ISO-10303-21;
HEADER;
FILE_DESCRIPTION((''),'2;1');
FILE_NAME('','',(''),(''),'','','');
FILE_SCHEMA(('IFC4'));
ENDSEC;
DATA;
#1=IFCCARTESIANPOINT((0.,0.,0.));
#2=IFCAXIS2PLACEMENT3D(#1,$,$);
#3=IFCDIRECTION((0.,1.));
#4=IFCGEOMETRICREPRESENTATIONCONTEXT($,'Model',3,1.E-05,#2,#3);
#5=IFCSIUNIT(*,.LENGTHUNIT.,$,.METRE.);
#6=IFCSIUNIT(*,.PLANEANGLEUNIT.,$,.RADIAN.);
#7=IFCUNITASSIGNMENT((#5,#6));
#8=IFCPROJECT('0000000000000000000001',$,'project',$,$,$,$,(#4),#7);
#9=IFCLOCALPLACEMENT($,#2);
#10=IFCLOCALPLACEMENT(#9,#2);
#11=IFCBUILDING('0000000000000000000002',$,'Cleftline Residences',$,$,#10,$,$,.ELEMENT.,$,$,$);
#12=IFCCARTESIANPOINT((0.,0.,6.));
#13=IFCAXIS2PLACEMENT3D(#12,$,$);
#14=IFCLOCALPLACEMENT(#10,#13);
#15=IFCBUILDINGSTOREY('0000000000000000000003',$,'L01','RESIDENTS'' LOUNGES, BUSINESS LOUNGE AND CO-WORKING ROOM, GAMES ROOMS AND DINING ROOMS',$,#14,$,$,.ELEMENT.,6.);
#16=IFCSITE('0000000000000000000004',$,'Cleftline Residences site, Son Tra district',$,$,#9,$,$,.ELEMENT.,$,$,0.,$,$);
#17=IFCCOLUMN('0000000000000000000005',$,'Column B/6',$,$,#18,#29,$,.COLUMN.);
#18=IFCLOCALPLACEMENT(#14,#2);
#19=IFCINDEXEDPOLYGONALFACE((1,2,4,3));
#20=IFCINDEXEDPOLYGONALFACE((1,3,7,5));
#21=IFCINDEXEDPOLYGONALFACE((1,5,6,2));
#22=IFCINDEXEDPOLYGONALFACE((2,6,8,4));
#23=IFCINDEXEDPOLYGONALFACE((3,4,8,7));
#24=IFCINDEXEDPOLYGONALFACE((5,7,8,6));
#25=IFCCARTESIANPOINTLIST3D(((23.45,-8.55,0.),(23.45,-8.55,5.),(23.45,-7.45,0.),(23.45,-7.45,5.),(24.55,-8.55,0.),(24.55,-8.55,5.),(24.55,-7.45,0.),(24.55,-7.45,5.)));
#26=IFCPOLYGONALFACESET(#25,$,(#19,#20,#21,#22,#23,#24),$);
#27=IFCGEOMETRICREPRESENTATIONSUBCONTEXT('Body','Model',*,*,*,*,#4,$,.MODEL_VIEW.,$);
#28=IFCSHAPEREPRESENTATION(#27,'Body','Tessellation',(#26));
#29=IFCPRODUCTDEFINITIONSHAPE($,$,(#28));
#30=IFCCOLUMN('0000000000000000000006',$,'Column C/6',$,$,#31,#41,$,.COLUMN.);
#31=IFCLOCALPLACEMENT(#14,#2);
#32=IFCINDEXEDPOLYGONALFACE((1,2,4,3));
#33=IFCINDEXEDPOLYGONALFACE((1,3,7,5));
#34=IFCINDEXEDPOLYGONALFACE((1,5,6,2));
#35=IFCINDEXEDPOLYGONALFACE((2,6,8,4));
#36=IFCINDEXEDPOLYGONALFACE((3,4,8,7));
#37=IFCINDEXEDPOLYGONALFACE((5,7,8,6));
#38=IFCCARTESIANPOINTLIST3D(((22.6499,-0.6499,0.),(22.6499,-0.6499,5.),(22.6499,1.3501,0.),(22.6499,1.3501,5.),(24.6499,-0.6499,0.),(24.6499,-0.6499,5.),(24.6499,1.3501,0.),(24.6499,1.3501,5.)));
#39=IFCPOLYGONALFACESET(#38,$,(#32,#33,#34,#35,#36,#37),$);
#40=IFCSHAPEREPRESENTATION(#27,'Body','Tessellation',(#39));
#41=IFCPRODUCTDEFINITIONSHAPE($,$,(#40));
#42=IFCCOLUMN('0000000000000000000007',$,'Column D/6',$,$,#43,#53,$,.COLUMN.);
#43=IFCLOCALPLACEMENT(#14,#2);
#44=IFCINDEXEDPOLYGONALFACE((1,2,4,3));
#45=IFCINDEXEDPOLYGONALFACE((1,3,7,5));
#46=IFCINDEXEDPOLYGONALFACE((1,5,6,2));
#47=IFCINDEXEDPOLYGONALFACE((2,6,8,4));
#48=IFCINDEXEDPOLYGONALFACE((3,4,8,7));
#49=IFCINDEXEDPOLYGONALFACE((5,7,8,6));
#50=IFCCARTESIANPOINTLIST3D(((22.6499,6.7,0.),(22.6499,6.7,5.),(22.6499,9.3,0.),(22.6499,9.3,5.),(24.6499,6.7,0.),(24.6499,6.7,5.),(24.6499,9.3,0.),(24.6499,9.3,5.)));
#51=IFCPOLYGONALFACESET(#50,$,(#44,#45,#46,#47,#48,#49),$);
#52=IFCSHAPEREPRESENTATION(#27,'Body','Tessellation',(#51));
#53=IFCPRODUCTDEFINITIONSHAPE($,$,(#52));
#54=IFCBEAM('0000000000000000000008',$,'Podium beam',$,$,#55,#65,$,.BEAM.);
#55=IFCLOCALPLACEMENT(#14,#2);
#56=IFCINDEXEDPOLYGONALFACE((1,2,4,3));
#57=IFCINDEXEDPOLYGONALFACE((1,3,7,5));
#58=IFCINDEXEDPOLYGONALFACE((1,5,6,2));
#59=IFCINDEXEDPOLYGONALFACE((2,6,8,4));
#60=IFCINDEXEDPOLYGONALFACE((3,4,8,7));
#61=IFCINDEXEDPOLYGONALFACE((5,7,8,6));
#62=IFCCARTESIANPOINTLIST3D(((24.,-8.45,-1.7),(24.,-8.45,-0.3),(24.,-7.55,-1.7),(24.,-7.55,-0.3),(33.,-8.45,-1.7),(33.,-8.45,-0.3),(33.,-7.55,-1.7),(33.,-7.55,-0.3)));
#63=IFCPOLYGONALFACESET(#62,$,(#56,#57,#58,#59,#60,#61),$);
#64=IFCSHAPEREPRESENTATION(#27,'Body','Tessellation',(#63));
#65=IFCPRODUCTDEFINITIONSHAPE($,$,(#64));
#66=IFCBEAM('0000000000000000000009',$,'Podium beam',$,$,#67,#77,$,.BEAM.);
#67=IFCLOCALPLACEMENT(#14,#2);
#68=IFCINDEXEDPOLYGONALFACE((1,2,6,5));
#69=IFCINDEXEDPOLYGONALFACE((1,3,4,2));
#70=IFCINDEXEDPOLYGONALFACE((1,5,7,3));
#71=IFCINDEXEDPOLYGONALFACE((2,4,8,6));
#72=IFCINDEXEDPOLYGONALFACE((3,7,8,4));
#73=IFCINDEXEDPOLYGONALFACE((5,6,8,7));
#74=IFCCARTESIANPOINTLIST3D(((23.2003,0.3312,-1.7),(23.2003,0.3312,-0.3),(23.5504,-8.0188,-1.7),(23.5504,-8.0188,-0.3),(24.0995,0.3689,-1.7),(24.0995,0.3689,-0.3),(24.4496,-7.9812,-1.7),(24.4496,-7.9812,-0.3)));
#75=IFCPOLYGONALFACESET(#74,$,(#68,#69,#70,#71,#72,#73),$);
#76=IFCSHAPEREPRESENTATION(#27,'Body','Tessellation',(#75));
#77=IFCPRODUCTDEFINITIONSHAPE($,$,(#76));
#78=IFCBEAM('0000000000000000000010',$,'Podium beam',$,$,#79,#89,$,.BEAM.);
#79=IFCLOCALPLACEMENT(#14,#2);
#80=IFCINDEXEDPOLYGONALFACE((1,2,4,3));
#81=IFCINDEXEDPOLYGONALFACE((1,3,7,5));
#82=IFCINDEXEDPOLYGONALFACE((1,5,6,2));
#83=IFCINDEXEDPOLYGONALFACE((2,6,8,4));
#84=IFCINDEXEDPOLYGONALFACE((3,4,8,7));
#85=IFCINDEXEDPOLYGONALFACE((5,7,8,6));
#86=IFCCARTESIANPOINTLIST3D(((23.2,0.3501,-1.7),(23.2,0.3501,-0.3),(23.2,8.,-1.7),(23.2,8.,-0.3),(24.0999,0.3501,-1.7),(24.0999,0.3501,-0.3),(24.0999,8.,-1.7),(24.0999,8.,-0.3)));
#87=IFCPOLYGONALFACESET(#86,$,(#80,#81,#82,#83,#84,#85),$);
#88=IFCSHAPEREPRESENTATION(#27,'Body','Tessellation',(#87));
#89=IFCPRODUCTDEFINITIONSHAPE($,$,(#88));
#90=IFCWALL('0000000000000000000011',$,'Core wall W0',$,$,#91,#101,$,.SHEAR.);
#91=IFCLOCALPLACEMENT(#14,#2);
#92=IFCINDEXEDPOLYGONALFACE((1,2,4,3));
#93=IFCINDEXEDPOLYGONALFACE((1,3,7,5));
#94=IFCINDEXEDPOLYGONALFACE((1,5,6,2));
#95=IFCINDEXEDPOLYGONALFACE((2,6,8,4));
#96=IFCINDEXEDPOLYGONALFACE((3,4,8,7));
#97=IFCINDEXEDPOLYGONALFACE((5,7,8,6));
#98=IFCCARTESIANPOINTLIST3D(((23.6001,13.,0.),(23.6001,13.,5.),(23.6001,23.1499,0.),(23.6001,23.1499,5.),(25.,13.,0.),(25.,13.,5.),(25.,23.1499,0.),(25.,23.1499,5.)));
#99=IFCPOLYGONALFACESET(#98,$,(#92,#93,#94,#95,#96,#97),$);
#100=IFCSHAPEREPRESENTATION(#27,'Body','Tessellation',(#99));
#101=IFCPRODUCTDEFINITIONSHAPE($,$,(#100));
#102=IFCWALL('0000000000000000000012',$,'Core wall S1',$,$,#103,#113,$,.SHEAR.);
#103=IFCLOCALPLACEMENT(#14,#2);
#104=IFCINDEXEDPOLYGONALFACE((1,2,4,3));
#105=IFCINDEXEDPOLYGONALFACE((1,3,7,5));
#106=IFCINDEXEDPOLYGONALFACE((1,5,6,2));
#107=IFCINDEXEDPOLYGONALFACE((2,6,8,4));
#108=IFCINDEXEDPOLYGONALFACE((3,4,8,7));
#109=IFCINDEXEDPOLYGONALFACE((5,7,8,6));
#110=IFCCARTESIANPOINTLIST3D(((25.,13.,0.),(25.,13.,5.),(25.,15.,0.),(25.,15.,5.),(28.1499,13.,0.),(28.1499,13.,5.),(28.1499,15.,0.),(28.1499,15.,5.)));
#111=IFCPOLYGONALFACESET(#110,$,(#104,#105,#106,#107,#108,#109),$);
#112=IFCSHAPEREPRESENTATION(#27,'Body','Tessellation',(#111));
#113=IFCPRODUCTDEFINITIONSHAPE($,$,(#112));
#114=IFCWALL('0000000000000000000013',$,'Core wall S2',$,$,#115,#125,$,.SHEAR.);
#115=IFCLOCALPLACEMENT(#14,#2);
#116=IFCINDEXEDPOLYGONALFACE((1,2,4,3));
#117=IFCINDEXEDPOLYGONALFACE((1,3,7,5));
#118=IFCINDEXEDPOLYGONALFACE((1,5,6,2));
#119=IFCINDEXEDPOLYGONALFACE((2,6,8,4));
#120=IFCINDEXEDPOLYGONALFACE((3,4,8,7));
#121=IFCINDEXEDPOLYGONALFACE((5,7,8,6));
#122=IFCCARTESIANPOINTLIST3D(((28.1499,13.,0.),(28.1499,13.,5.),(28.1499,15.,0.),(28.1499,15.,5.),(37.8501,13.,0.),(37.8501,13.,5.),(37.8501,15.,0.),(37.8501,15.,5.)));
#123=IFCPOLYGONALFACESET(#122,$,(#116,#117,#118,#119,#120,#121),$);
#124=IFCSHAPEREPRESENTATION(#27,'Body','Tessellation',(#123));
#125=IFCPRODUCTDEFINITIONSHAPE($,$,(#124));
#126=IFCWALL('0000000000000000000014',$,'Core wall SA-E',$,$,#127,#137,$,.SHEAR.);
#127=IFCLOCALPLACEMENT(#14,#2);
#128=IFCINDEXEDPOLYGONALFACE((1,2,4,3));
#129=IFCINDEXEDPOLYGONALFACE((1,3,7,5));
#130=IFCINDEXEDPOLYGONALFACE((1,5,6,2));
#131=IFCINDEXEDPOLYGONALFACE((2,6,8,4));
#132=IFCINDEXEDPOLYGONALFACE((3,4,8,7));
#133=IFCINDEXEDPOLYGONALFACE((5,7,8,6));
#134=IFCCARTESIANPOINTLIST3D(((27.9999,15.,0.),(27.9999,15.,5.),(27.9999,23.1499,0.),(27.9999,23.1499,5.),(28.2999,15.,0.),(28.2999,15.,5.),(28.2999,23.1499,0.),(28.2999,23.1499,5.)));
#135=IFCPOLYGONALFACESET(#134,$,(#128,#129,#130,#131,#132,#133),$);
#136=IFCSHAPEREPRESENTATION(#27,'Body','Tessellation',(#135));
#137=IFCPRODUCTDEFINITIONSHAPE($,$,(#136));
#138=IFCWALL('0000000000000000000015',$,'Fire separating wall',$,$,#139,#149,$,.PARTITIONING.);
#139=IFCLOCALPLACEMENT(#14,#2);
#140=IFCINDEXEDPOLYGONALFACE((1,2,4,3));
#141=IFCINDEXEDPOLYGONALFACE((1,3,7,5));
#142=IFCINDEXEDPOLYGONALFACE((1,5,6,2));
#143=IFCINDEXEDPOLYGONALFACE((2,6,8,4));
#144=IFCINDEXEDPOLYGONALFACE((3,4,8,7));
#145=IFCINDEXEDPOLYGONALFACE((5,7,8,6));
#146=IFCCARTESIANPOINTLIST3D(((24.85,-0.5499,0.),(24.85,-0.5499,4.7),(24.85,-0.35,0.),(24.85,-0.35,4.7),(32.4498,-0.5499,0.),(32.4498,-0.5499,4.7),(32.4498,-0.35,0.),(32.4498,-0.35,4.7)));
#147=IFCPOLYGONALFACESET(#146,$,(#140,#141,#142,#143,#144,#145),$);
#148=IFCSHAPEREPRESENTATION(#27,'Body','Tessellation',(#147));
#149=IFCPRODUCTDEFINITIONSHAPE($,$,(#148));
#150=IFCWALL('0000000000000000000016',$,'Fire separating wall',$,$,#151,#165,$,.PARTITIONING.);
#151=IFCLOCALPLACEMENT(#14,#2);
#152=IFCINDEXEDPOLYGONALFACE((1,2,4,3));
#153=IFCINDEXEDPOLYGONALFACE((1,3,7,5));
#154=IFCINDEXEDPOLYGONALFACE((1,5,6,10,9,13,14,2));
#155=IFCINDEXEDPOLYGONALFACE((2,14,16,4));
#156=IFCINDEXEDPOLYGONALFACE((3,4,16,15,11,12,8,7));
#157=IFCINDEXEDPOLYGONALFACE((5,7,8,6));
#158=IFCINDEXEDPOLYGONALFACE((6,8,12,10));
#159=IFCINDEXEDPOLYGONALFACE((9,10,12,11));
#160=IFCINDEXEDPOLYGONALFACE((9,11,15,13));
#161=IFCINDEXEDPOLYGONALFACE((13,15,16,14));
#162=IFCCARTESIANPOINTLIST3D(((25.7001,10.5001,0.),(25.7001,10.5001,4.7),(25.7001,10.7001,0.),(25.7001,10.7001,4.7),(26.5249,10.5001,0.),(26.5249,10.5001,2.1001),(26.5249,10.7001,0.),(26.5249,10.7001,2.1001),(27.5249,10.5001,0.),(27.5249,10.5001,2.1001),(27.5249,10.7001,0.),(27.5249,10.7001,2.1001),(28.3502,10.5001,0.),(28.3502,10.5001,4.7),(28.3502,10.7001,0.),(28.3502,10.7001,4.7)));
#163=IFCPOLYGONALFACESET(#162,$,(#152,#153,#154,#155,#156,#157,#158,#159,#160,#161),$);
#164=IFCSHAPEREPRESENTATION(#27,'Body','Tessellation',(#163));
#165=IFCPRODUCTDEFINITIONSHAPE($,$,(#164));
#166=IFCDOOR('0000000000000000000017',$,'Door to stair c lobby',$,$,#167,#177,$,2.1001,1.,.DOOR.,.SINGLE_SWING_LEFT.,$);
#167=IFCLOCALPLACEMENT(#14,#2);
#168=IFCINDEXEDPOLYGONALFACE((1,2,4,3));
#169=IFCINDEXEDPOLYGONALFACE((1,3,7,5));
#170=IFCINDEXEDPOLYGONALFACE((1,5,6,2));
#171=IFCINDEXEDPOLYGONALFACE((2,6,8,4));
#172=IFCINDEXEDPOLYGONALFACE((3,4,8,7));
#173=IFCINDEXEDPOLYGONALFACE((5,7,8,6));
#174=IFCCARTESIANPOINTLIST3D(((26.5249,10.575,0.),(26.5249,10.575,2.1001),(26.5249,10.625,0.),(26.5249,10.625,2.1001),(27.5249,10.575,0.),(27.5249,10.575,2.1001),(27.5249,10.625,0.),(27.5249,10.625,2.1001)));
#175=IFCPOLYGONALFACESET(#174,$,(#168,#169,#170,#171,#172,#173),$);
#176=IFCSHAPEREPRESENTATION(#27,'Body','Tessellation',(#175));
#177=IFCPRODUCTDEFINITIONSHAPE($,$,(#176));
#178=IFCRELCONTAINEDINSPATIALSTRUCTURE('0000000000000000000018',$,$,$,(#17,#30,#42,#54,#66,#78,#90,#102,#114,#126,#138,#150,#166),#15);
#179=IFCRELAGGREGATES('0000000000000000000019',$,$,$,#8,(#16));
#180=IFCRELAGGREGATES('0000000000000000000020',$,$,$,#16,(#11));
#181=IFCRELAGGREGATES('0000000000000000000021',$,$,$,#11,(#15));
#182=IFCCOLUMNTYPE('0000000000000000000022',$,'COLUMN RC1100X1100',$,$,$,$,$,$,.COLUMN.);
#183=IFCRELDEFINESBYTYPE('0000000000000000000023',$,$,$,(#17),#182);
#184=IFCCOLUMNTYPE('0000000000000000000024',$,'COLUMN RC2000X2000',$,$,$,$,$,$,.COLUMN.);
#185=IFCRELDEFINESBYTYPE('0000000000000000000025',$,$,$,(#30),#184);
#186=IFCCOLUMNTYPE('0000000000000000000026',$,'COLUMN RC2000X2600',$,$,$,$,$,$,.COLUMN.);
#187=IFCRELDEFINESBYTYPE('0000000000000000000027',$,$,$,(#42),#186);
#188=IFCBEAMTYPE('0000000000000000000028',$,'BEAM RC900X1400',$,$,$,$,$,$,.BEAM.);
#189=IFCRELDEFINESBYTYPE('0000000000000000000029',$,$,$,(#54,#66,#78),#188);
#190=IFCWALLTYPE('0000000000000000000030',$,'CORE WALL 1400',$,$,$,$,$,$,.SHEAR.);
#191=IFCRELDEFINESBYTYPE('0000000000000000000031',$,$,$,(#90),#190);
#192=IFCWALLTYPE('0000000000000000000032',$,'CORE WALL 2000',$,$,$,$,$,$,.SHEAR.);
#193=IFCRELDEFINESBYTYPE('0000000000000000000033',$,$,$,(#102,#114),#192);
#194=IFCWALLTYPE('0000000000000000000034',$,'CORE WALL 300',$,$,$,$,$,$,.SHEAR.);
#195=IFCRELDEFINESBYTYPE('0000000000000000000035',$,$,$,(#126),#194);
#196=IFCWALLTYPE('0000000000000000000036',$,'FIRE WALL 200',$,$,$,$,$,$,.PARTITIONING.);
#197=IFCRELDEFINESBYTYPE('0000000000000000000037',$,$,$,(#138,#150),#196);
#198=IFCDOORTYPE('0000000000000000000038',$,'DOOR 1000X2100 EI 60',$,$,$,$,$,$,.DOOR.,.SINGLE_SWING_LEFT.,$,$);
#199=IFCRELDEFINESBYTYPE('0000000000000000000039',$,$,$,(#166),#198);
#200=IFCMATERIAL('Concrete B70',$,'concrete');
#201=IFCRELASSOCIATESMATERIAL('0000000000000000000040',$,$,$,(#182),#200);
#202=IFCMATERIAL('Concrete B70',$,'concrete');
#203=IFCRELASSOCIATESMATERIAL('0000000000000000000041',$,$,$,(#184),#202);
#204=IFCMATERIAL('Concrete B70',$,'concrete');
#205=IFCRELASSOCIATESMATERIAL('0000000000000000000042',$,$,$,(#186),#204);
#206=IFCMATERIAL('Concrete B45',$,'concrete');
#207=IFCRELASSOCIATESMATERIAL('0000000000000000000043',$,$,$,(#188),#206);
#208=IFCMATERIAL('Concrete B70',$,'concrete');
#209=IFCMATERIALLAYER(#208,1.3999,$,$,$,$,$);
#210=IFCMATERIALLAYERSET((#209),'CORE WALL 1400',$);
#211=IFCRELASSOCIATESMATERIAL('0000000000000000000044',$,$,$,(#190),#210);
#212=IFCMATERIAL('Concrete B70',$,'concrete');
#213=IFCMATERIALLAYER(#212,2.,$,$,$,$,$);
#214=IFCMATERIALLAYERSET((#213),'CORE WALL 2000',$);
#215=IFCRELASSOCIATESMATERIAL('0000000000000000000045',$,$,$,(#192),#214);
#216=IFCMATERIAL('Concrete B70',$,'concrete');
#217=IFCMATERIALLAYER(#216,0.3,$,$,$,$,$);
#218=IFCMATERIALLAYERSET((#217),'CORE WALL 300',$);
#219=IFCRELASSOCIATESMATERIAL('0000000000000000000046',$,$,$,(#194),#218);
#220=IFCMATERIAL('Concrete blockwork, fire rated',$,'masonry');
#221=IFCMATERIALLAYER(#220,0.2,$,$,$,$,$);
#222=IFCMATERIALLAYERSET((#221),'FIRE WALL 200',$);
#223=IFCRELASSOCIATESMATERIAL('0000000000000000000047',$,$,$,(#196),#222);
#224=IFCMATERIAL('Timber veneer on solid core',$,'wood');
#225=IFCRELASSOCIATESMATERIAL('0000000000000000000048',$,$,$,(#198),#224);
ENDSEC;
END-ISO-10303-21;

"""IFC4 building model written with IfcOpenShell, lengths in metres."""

from ifc_helpers import new_model, si_unit, direction, frame, frame_2d, origin, origin_2d, place, context, subcontext, project, spatial, rectangle, extrude, material, layer, layer_set, material_profile, profile_set, type_object, element, fill, save


model = new_model("IFC4")

# Units and contexts
model_context = context("Model", 3, precision=1e-05, world=origin(), true_north=direction((0.0, 1.0)))
body_context = subcontext(model_context, "Body", "Model", "MODEL_VIEW")
ifc_project = project(units=[si_unit("LENGTHUNIT", "METRE"), si_unit("PLANEANGLEUNIT", "RADIAN")], contexts=[model_context])

# Site, building, storey
site_placement = place(None, origin())
site = spatial("IfcSite", under=ifc_project, at=site_placement, Name="Cleftline Residences site, Son Tra district", CompositionType="ELEMENT", RefElevation=0.0)
building_placement = place(site_placement, origin())
building = spatial("IfcBuilding", under=site, at=building_placement, Name="Cleftline Residences", CompositionType="ELEMENT")
storey_placement = place(building_placement, frame((0.0, 0.0, 6.0)))
storey = spatial("IfcBuildingStorey", under=building, at=storey_placement, Name="L01", Description="RESIDENTS' LOUNGES, BUSINESS LOUNGE AND CO-WORKING ROOM, GAMES ROOMS AND DINING ROOMS", CompositionType="ELEMENT", Elevation=6.0)

# Columns
ifc_material_1 = material(Name="Concrete B70", Category="concrete")
ifc_material_profile_1 = material_profile(ifc_material_1, rectangle(XDim=1.1001, YDim=1.1001, at=origin_2d()))
ifc_profile_set_1 = profile_set([ifc_material_profile_1], Name="Concrete B70")
column_type_1 = type_object("IfcColumnType", Name="COLUMN RC1100X1100", PredefinedType="COLUMN", material=ifc_profile_set_1)
column_1_placement = place(storey_placement, frame((24.0, -8.0, 0.0), z_axis=(0.0, 0.0, 1.0), x_axis=(1.0, 0.0, 0.0)))
element("IfcColumn", 1, at=column_1_placement, inside=storey, type_object=column_type_1, Name="Column B/6", PredefinedType="COLUMN", context=body_context, shape_type="SweptSolid", body=[
    extrude(rectangle(XDim=1.1001, YDim=1.1001, at=origin_2d()), origin(), (0.0, 0.0, 1.0), 5.0),
])
ifc_material_2 = material(Name="Concrete B70", Category="concrete")
ifc_material_profile_2 = material_profile(ifc_material_2, rectangle(XDim=2.0, YDim=2.0, at=origin_2d()))
ifc_profile_set_2 = profile_set([ifc_material_profile_2], Name="Concrete B70")
column_type_2 = type_object("IfcColumnType", Name="COLUMN RC2000X2000", PredefinedType="COLUMN", material=ifc_profile_set_2)
column_2_placement = place(storey_placement, frame((23.6499, 0.3501, 0.0), z_axis=(0.0, 0.0, 1.0), x_axis=(1.0, 0.0, 0.0)))
element("IfcColumn", 2, at=column_2_placement, inside=storey, type_object=column_type_2, Name="Column C/6", PredefinedType="COLUMN", context=body_context, shape_type="SweptSolid", body=[
    extrude(rectangle(XDim=2.0, YDim=2.0, at=origin_2d()), origin(), (0.0, 0.0, 1.0), 5.0),
])
ifc_material_3 = material(Name="Concrete B70", Category="concrete")
ifc_material_profile_3 = material_profile(ifc_material_3, rectangle(XDim=2.0, YDim=2.6001, at=origin_2d()))
ifc_profile_set_3 = profile_set([ifc_material_profile_3], Name="Concrete B70")
column_type_3 = type_object("IfcColumnType", Name="COLUMN RC2000X2600", PredefinedType="COLUMN", material=ifc_profile_set_3)
column_3_placement = place(storey_placement, frame((23.6499, 8.0, 0.0), z_axis=(0.0, 0.0, 1.0), x_axis=(1.0, 0.0, 0.0)))
element("IfcColumn", 3, at=column_3_placement, inside=storey, type_object=column_type_3, Name="Column D/6", PredefinedType="COLUMN", context=body_context, shape_type="SweptSolid", body=[
    extrude(rectangle(XDim=2.0, YDim=2.6001, at=origin_2d()), origin(), (0.0, 0.0, 1.0), 5.0),
])

# Beams
ifc_material_4 = material(Name="Concrete B45", Category="concrete")
ifc_material_profile_4 = material_profile(ifc_material_4, rectangle(XDim=0.8999, YDim=1.3999, at=origin_2d()))
ifc_profile_set_4 = profile_set([ifc_material_profile_4], Name="Concrete B45")
beam_type = type_object("IfcBeamType", Name="BEAM RC900X1400", PredefinedType="BEAM", material=ifc_profile_set_4)
beam_1_placement = place(storey_placement, frame((24.0, -8.0, -1.0), z_axis=(1.0, 0.0, 0.0), x_axis=(0.0, 1.0, 0.0)))
element("IfcBeam", 4, at=beam_1_placement, inside=storey, type_object=beam_type, Name="Podium beam", PredefinedType="BEAM", context=body_context, shape_type="SweptSolid", body=[
    extrude(rectangle(XDim=0.8999, YDim=1.3999, at=origin_2d()), origin(), (0.0, 0.0, 1.0), 9.0),
])
beam_2_placement = place(storey_placement, frame((24.0, -8.0, -1.0), z_axis=(-0.041891, 0.999122, 0.0), x_axis=(-0.999122, -0.041891, 0.0)))
element("IfcBeam", 5, at=beam_2_placement, inside=storey, type_object=beam_type, Name="Podium beam", PredefinedType="BEAM", context=body_context, shape_type="SweptSolid", body=[
    extrude(rectangle(XDim=0.8999, YDim=1.3999, at=origin_2d()), origin(), (0.0, 0.0, 1.0), 8.3574),
])
beam_3_placement = place(storey_placement, frame((23.6499, 0.3501, -1.0), z_axis=(0.0, 1.0, 0.0), x_axis=(-1.0, 0.0, 0.0)))
element("IfcBeam", 6, at=beam_3_placement, inside=storey, type_object=beam_type, Name="Podium beam", PredefinedType="BEAM", context=body_context, shape_type="SweptSolid", body=[
    extrude(rectangle(XDim=0.8999, YDim=1.3999, at=origin_2d()), origin(), (0.0, 0.0, 1.0), 7.6499),
])

# Walls
ifc_material_5 = material(Name="Concrete B70", Category="concrete")
ifc_layer_1 = layer(ifc_material_5, 1.3999)
ifc_layer_set_1 = layer_set([ifc_layer_1], Name="CORE WALL 1400")
wall_type_1 = type_object("IfcWallType", Name="CORE WALL 1400", PredefinedType="SHEAR", material=ifc_layer_set_1)
wall_1_placement = place(storey_placement, frame((24.3, 13.0, 0.0), z_axis=(0.0, 0.0, 1.0), x_axis=(0.0, 1.0, 0.0)))
element("IfcWall", 7, at=wall_1_placement, inside=storey, type_object=wall_type_1, Name="Core wall W0", PredefinedType="SHEAR", context=body_context, shape_type="SweptSolid", body=[
    extrude(rectangle(XDim=10.1499, YDim=1.3999, at=frame_2d((5.075, 0.0))), origin(), (0.0, 0.0, 1.0), 5.0),
])
ifc_material_6 = material(Name="Concrete B70", Category="concrete")
ifc_layer_2 = layer(ifc_material_6, 2.0)
ifc_layer_set_2 = layer_set([ifc_layer_2], Name="CORE WALL 2000")
wall_type_2 = type_object("IfcWallType", Name="CORE WALL 2000", PredefinedType="SHEAR", material=ifc_layer_set_2)
wall_2_placement = place(storey_placement, frame((25.0, 14.0, 0.0), z_axis=(0.0, 0.0, 1.0), x_axis=(1.0, 0.0, 0.0)))
element("IfcWall", 8, at=wall_2_placement, inside=storey, type_object=wall_type_2, Name="Core wall S1", PredefinedType="SHEAR", context=body_context, shape_type="SweptSolid", body=[
    extrude(rectangle(XDim=3.1499, YDim=2.0, at=frame_2d((1.575, 0.0))), origin(), (0.0, 0.0, 1.0), 5.0),
])
wall_3_placement = place(storey_placement, frame((28.1499, 14.0, 0.0), z_axis=(0.0, 0.0, 1.0), x_axis=(1.0, 0.0, 0.0)))
element("IfcWall", 9, at=wall_3_placement, inside=storey, type_object=wall_type_2, Name="Core wall S2", PredefinedType="SHEAR", context=body_context, shape_type="SweptSolid", body=[
    extrude(rectangle(XDim=9.7002, YDim=2.0, at=frame_2d((4.8501, 0.0))), origin(), (0.0, 0.0, 1.0), 5.0),
])
ifc_material_7 = material(Name="Concrete B70", Category="concrete")
ifc_layer_3 = layer(ifc_material_7, 0.3)
ifc_layer_set_3 = layer_set([ifc_layer_3], Name="CORE WALL 300")
wall_type_3 = type_object("IfcWallType", Name="CORE WALL 300", PredefinedType="SHEAR", material=ifc_layer_set_3)
wall_4_placement = place(storey_placement, frame((28.1499, 15.0, 0.0), z_axis=(0.0, 0.0, 1.0), x_axis=(0.0, 1.0, 0.0)))
element("IfcWall", 10, at=wall_4_placement, inside=storey, type_object=wall_type_3, Name="Core wall SA-E", PredefinedType="SHEAR", context=body_context, shape_type="SweptSolid", body=[
    extrude(rectangle(XDim=8.1499, YDim=0.3, at=frame_2d((4.075, 0.0))), origin(), (0.0, 0.0, 1.0), 5.0),
])
ifc_material_8 = material(Name="Concrete blockwork, fire rated", Category="masonry")
ifc_layer_4 = layer(ifc_material_8, 0.2)
ifc_layer_set_4 = layer_set([ifc_layer_4], Name="FIRE WALL 200")
wall_type_4 = type_object("IfcWallType", Name="FIRE WALL 200", PredefinedType="PARTITIONING", material=ifc_layer_set_4)
wall_5_placement = place(storey_placement, frame((24.8501, -0.45, 0.0), z_axis=(0.0, 0.0, 1.0), x_axis=(1.0, 0.0, 0.0)))
element("IfcWall", 11, at=wall_5_placement, inside=storey, type_object=wall_type_4, Name="Fire separating wall", PredefinedType="PARTITIONING", context=body_context, shape_type="SweptSolid", body=[
    extrude(rectangle(XDim=7.5999, YDim=0.2, at=frame_2d((3.7998, 0.0))), origin(), (0.0, 0.0, 1.0), 4.7),
])

# Wall, opening, door
wall_6_placement = place(storey_placement, frame((25.7, 10.6001, 0.0), z_axis=(0.0, 0.0, 1.0), x_axis=(1.0, 0.0, 0.0)))
wall_6 = element("IfcWall", 12, at=wall_6_placement, inside=storey, type_object=wall_type_4, Name="Fire separating wall", PredefinedType="PARTITIONING", context=body_context, shape_type="SweptSolid", body=[
    extrude(rectangle(XDim=2.6501, YDim=0.2, at=frame_2d((1.3252, 0.0))), origin(), (0.0, 0.0, 1.0), 4.7),
])
opening_1_placement = place(wall_6_placement, frame((0.825, 0.0, 0.0)))
opening_1 = element("IfcOpeningElement", 13, at=opening_1_placement, cuts=wall_6, PredefinedType="OPENING", context=body_context, shape_type="SweptSolid", body=[
    extrude(rectangle(XDim=1.0, YDim=2.1001, at=frame_2d((0.5, 1.05))), frame((0.0, 0.1099, 0.0), z_axis=(0.0, -1.0, 0.0), x_axis=(1.0, 0.0, 0.0)), (0.0, 0.0, 1.0), 0.22),
])
ifc_material_9 = material(Name="Timber veneer on solid core", Category="wood")
door_type_1 = type_object("IfcDoorType", Name="DOOR 1000X2100 EI 60", OperationType="SINGLE_SWING_LEFT", PredefinedType="DOOR", material=ifc_material_9)
door_1_placement = place(opening_1_placement, origin())
door_1 = element("IfcDoor", 14, at=door_1_placement, inside=storey, type_object=door_type_1, Name="Door to stair c lobby", OperationType="SINGLE_SWING_LEFT", OverallHeight=2.1001, OverallWidth=1.0, PredefinedType="DOOR", context=body_context, shape_type="SweptSolid", body=[
    extrude(rectangle(XDim=1.0, YDim=2.1001, at=frame_2d((0.5, 1.05))), frame((0.0, 0.0249, 0.0), z_axis=(0.0, -1.0, 0.0), x_axis=(1.0, 0.0, 0.0)), (0.0, 0.0, 1.0), 0.05),
])
fill(opening_1, door_1)

save(model, "model.ifc")
